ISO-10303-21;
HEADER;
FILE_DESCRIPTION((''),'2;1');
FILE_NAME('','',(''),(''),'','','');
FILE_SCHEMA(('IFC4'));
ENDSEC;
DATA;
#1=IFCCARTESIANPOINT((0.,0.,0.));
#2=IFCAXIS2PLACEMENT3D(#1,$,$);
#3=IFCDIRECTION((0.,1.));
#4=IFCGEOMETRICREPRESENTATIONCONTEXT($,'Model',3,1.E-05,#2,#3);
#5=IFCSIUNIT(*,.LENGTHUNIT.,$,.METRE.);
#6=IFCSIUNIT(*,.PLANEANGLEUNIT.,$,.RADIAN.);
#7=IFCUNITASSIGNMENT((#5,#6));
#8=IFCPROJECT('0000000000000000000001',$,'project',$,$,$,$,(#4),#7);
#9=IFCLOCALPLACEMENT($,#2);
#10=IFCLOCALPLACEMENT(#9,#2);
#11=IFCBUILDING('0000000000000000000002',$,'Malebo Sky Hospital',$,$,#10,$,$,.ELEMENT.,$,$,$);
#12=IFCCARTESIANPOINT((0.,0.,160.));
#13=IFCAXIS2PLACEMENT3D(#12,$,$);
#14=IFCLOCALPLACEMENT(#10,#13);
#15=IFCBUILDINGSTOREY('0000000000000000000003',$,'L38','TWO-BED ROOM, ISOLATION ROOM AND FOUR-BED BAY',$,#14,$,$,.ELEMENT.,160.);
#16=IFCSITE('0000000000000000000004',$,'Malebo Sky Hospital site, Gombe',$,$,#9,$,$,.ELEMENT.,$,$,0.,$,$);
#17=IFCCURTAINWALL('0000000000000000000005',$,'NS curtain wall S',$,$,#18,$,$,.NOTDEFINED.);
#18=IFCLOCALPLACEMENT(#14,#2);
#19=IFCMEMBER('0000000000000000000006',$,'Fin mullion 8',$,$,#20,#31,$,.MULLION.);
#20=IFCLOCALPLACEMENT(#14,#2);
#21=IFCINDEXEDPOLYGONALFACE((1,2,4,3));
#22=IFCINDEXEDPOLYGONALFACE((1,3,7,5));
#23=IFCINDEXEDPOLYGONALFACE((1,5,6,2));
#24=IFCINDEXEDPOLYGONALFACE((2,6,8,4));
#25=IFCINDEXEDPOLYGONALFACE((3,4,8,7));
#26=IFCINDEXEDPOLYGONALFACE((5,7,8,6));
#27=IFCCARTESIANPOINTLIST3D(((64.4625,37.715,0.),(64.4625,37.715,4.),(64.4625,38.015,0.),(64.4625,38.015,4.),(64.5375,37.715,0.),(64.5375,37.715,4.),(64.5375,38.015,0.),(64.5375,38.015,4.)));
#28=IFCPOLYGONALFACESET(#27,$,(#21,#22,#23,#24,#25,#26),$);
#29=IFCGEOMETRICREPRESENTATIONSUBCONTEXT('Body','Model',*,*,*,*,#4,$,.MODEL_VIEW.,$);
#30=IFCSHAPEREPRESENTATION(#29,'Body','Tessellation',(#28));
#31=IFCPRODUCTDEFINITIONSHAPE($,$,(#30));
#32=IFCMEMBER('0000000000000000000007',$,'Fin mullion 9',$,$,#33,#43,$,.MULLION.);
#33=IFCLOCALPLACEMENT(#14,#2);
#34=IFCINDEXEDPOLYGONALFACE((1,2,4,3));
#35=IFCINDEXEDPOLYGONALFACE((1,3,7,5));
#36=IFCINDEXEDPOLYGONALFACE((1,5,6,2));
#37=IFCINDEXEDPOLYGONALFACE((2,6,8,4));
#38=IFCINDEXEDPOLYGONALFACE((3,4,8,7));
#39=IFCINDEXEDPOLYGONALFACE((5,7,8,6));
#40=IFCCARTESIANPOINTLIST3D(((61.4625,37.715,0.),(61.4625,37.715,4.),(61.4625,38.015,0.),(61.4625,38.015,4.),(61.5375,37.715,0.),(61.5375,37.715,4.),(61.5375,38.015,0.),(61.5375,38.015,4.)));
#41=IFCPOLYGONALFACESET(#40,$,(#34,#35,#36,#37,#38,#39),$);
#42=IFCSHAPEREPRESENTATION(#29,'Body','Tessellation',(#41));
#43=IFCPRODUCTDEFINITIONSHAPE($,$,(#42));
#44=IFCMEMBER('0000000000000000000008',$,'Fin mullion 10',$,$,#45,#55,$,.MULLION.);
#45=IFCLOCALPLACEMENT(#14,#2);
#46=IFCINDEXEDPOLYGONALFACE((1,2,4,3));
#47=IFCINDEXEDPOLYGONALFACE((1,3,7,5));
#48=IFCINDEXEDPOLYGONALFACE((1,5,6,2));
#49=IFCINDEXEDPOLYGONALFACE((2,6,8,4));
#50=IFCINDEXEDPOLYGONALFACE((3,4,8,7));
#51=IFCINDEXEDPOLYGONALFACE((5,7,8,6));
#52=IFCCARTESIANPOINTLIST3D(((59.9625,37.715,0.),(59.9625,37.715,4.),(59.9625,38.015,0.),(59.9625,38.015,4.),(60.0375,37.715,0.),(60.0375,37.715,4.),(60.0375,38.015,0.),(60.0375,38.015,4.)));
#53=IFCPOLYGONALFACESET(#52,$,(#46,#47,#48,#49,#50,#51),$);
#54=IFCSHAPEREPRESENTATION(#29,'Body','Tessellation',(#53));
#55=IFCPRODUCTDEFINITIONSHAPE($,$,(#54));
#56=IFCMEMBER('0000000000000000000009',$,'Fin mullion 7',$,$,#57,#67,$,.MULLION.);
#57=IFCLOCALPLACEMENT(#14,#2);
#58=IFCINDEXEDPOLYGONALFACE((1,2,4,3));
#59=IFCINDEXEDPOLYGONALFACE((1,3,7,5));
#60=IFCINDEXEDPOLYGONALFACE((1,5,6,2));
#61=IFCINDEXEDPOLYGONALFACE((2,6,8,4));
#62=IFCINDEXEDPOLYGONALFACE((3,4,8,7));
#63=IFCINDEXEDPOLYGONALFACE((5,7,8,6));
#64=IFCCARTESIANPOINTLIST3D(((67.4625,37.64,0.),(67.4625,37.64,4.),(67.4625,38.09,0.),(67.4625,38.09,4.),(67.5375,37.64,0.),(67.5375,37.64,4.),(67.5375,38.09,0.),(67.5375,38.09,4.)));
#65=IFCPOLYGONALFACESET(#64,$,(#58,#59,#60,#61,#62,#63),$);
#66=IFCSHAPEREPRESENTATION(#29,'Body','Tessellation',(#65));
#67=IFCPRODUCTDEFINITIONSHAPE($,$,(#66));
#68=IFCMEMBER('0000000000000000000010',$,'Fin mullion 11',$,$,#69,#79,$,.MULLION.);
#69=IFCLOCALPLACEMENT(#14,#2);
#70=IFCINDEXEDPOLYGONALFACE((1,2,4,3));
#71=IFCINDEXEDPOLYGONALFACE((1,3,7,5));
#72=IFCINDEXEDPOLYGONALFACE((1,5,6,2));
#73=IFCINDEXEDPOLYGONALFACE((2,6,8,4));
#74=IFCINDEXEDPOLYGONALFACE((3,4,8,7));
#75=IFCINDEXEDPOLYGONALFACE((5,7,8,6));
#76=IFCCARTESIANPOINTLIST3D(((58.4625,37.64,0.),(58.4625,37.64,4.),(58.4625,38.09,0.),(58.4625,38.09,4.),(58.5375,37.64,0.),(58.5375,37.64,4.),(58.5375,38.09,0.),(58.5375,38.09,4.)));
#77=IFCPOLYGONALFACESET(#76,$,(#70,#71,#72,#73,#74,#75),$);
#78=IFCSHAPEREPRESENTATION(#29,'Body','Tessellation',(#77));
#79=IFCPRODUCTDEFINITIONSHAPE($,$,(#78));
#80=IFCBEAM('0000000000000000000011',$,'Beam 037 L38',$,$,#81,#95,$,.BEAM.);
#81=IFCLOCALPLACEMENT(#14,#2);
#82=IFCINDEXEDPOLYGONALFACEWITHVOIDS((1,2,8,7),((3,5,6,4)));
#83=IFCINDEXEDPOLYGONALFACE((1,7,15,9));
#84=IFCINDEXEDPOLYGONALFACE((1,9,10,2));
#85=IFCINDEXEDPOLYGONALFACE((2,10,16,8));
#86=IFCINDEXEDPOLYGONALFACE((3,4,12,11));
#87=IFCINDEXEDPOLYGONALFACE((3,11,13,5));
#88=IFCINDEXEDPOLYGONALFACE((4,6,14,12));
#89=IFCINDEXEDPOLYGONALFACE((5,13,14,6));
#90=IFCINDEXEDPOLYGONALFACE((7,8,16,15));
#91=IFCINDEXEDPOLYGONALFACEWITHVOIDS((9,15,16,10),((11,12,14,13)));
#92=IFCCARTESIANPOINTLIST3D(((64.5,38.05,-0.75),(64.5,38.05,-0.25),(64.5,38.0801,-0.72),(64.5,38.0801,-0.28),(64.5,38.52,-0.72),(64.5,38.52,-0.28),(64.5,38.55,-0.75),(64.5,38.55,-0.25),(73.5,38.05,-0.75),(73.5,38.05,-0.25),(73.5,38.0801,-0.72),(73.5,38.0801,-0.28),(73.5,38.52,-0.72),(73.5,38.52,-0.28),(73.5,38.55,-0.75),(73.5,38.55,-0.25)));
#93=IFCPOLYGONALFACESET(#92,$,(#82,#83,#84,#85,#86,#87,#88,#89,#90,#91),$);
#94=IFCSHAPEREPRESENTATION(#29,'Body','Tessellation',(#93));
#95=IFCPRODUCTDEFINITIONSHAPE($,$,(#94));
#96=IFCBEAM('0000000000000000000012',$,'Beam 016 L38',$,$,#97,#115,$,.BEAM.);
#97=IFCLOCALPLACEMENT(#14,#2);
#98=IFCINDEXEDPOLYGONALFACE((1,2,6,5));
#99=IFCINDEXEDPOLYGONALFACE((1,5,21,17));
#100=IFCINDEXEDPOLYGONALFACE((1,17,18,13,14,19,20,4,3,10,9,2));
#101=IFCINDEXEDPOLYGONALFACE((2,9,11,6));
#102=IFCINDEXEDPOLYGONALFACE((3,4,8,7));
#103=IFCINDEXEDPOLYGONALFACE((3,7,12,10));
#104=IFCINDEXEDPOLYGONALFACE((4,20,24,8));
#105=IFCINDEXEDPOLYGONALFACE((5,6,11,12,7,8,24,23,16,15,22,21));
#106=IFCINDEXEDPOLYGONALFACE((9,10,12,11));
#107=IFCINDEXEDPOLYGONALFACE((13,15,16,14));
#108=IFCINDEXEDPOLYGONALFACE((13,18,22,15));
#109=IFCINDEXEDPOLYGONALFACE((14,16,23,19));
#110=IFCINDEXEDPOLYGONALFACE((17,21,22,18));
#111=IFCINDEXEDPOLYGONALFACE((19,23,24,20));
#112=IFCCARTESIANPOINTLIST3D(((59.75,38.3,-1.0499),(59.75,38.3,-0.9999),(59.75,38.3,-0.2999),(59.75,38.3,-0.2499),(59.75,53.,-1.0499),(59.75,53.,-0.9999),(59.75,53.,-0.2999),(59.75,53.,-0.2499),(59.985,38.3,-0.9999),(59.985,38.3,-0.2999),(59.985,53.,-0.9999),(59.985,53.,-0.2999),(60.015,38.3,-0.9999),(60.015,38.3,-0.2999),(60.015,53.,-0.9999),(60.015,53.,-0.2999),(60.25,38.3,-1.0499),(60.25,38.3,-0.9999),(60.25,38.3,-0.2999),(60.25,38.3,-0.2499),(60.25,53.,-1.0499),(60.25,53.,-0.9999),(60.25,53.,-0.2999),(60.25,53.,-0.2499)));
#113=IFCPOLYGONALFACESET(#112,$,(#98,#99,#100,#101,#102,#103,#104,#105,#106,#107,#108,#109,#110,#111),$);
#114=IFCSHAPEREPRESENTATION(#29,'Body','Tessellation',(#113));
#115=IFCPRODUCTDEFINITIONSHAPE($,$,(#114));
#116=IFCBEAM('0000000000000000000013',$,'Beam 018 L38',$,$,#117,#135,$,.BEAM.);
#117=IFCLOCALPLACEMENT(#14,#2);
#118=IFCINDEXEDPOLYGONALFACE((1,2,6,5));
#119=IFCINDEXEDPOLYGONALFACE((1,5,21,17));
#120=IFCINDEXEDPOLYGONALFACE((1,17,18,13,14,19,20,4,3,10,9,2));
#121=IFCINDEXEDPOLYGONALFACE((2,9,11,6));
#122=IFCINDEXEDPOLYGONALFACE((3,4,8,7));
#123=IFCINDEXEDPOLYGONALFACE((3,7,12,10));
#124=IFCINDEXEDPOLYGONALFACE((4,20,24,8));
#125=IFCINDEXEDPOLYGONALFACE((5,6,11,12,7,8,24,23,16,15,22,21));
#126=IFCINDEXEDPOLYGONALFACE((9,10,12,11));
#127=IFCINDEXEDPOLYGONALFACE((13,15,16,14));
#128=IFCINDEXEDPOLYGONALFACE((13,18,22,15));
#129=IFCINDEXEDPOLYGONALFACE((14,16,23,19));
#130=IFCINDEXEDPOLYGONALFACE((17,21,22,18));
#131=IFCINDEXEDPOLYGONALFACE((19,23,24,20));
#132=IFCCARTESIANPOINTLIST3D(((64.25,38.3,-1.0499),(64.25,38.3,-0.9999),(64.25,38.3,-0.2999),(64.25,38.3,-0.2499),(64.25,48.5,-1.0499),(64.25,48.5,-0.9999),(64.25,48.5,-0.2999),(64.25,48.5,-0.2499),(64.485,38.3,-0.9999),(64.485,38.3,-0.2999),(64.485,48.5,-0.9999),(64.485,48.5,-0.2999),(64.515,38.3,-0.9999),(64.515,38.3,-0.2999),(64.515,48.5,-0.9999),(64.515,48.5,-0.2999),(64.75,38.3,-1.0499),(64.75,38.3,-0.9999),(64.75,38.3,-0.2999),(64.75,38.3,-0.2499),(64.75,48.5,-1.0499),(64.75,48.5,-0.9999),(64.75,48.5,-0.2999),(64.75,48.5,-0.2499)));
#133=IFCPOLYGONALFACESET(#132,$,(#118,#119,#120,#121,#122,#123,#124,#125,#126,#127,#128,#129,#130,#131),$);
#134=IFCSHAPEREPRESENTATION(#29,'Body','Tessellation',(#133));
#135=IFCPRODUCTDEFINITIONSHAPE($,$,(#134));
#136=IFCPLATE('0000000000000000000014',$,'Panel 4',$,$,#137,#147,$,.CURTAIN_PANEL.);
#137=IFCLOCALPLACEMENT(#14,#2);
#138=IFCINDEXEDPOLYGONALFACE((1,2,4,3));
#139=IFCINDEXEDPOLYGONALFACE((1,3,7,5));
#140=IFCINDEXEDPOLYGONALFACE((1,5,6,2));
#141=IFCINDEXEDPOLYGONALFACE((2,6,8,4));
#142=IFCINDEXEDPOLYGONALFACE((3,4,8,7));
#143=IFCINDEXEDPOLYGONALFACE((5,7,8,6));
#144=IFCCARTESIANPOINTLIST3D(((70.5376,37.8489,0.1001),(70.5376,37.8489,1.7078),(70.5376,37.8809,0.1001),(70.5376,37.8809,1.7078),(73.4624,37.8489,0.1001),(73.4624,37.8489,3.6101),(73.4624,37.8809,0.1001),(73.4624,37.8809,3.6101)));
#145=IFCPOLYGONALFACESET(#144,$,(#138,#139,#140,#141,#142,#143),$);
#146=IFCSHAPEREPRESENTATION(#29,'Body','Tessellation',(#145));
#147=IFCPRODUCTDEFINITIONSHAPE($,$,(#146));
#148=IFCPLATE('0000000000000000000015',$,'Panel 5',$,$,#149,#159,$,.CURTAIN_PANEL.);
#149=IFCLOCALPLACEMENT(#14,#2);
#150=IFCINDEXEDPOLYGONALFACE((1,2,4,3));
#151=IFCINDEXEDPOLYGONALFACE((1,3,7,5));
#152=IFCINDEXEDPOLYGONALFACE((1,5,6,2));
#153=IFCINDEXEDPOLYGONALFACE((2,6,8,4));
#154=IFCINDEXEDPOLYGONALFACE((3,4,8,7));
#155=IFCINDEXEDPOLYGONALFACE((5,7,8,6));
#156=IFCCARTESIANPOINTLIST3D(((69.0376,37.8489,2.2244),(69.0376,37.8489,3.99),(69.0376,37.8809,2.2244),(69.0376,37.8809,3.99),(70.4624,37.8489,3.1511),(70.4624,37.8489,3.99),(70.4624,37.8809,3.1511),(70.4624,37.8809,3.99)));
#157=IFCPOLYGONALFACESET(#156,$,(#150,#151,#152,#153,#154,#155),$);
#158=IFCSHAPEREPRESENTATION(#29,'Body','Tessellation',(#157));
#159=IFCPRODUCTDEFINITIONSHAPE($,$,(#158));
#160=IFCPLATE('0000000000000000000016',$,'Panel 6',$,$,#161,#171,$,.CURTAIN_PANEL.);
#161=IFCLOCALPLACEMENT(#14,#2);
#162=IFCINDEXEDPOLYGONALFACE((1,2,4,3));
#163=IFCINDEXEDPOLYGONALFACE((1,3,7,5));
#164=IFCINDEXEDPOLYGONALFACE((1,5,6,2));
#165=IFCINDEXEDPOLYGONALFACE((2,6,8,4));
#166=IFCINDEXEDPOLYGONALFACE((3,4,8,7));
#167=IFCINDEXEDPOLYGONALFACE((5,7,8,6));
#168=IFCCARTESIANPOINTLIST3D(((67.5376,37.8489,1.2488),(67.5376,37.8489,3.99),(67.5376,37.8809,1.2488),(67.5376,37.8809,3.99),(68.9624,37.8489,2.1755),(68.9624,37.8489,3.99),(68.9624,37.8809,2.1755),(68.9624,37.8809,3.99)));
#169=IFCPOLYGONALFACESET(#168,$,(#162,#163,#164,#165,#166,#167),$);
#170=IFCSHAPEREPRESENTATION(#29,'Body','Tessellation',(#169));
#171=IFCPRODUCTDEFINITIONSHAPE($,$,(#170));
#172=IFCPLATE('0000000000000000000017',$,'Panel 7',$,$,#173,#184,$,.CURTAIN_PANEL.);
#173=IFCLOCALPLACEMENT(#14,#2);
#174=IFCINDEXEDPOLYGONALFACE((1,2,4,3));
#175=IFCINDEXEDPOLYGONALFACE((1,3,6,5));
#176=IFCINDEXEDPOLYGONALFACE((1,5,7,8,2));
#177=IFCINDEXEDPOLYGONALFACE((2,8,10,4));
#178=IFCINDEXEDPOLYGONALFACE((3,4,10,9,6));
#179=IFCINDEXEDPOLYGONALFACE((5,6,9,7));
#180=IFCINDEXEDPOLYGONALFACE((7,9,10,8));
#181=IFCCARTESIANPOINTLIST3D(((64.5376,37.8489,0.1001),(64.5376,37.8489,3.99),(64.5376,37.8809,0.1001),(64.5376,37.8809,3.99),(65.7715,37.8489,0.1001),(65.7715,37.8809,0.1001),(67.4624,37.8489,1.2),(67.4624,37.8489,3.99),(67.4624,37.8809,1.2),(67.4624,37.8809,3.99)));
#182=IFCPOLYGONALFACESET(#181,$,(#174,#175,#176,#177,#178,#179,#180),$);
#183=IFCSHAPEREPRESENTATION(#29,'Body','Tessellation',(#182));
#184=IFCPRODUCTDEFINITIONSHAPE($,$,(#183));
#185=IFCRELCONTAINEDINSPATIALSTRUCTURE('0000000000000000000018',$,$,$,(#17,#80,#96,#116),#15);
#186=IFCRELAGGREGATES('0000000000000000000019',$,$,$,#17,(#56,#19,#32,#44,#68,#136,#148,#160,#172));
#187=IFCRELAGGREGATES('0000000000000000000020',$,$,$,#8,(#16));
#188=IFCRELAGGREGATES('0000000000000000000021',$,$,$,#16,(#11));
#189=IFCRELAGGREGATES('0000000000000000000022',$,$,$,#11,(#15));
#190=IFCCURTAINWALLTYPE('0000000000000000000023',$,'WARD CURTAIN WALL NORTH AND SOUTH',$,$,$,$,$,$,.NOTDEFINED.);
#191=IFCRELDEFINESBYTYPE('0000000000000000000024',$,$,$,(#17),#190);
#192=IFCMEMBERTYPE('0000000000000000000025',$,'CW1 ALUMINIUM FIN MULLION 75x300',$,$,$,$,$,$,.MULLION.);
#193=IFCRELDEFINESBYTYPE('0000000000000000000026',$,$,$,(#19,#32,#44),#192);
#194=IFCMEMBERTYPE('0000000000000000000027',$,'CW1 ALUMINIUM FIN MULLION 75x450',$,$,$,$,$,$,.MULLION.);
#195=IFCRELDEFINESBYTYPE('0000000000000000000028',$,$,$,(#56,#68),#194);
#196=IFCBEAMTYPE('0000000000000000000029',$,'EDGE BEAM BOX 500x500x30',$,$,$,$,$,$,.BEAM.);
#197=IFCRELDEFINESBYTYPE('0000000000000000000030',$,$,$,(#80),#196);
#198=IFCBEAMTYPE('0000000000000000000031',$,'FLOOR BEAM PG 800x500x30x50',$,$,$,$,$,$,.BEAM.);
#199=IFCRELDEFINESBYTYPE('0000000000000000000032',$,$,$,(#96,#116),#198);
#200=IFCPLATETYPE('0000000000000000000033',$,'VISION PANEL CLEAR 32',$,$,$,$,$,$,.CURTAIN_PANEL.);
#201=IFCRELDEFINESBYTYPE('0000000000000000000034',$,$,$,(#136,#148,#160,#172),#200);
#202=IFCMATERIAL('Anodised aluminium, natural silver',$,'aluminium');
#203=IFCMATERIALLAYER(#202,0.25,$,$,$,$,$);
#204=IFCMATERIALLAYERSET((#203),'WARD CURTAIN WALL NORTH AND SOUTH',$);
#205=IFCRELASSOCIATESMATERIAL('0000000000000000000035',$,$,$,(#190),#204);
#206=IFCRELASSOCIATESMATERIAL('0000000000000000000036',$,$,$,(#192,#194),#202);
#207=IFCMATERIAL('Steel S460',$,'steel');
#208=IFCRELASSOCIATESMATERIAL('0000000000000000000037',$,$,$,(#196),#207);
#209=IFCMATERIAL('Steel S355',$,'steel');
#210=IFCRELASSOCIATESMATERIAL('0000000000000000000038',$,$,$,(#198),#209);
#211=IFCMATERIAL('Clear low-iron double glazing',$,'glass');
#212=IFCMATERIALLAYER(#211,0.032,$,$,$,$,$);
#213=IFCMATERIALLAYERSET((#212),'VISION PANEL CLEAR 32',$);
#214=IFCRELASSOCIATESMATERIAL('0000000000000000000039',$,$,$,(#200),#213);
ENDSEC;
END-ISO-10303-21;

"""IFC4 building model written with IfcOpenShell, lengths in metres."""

from ifc_helpers import new_model, si_unit, direction, frame, origin, origin_2d, place, context, subcontext, project, spatial, polyline, rectangle, hollow_rectangle, i_section, outline, extrude, material, layer, layer_set, material_profile, profile_set, type_object, element, aggregate, save


model = new_model("IFC4")

# Units and contexts
model_context = context("Model", 3, precision=1e-05, world=origin(), true_north=direction((0.0, 1.0)))
body_context = subcontext(model_context, "Body", "Model", "MODEL_VIEW")
ifc_project = project(units=[si_unit("LENGTHUNIT", "METRE"), si_unit("PLANEANGLEUNIT", "RADIAN")], contexts=[model_context])

# Site, building, storey
site_placement = place(None, origin())
site = spatial("IfcSite", under=ifc_project, at=site_placement, Name="Malebo Sky Hospital site, Gombe", CompositionType="ELEMENT", RefElevation=0.0)
building_placement = place(site_placement, origin())
building = spatial("IfcBuilding", under=site, at=building_placement, Name="Malebo Sky Hospital", CompositionType="ELEMENT")
storey_placement = place(building_placement, frame((0.0, 0.0, 160.0)))
storey = spatial("IfcBuildingStorey", under=building, at=storey_placement, Name="L38", Description="TWO-BED ROOM, ISOLATION ROOM AND FOUR-BED BAY", CompositionType="ELEMENT", Elevation=160.0)

# Shared definitions
ifc_material_1 = material(Name="Steel S460", Category="steel")

# Curtain wall
ifc_material_2 = material(Name="Anodised aluminium, natural silver", Category="aluminium")
ifc_layer_1 = layer(ifc_material_2, 0.25)
ifc_layer_set_1 = layer_set([ifc_layer_1], Name="WARD CURTAIN WALL NORTH AND SOUTH")
curtain_wall_type = type_object("IfcCurtainWallType", Name="WARD CURTAIN WALL NORTH AND SOUTH", PredefinedType="NOTDEFINED", material=ifc_layer_set_1)
curtain_wall_placement = place(storey_placement, origin())
curtain_wall = element("IfcCurtainWall", 1, at=curtain_wall_placement, inside=storey, type_object=curtain_wall_type, Name="NS curtain wall S", PredefinedType="NOTDEFINED")

# Members
ifc_material_3 = material(Name="Steel S355", Category="steel")
ifc_material_profile_1 = material_profile(ifc_material_2, rectangle(XDim=0.075, YDim=0.3, at=origin_2d()), Name="CW1 ALUMINIUM FIN MULLION 75x300")
ifc_profile_set_1 = profile_set([ifc_material_profile_1], Name="Anodised aluminium, natural silver")
member_type_1 = type_object("IfcMemberType", Name="CW1 ALUMINIUM FIN MULLION 75x300", PredefinedType="MULLION", material=ifc_profile_set_1)
member_1_placement = place(storey_placement, frame((64.5, 37.865, 0.0), z_axis=(0.0, 0.0, 1.0), x_axis=(-1.0, 0.0, 0.0)))
member_1 = element("IfcMember", 2, at=member_1_placement, type_object=member_type_1, Name="Fin mullion 8", PredefinedType="MULLION", context=body_context, shape_type="SweptSolid", body=[
    extrude(rectangle(XDim=0.075, YDim=0.3, at=origin_2d()), origin(), (0.0, 0.0, 1.0), 4.0),
])
member_2_placement = place(storey_placement, frame((61.5, 37.865, 0.0), z_axis=(0.0, 0.0, 1.0), x_axis=(-1.0, 0.0, 0.0)))
member_2 = element("IfcMember", 3, at=member_2_placement, type_object=member_type_1, Name="Fin mullion 9", PredefinedType="MULLION", context=body_context, shape_type="SweptSolid", body=[
    extrude(rectangle(XDim=0.075, YDim=0.3, at=origin_2d()), origin(), (0.0, 0.0, 1.0), 4.0),
])
member_3_placement = place(storey_placement, frame((60.0, 37.865, 0.0), z_axis=(0.0, 0.0, 1.0), x_axis=(-1.0, 0.0, 0.0)))
member_3 = element("IfcMember", 4, at=member_3_placement, type_object=member_type_1, Name="Fin mullion 10", PredefinedType="MULLION", context=body_context, shape_type="SweptSolid", body=[
    extrude(rectangle(XDim=0.075, YDim=0.3, at=origin_2d()), origin(), (0.0, 0.0, 1.0), 4.0),
])
ifc_material_profile_2 = material_profile(ifc_material_2, rectangle(XDim=0.075, YDim=0.45, at=origin_2d()), Name="CW1 ALUMINIUM FIN MULLION 75x450")
ifc_profile_set_2 = profile_set([ifc_material_profile_2], Name="Anodised aluminium, natural silver")
member_type_2 = type_object("IfcMemberType", Name="CW1 ALUMINIUM FIN MULLION 75x450", PredefinedType="MULLION", material=ifc_profile_set_2)
member_4_placement = place(storey_placement, frame((67.5, 37.865, 0.0), z_axis=(0.0, 0.0, 1.0), x_axis=(-1.0, 0.0, 0.0)))
member_4 = element("IfcMember", 5, at=member_4_placement, type_object=member_type_2, Name="Fin mullion 7", PredefinedType="MULLION", context=body_context, shape_type="SweptSolid", body=[
    extrude(rectangle(XDim=0.075, YDim=0.45, at=origin_2d()), origin(), (0.0, 0.0, 1.0), 4.0),
])
member_5_placement = place(storey_placement, frame((58.5, 37.865, 0.0), z_axis=(0.0, 0.0, 1.0), x_axis=(-1.0, 0.0, 0.0)))
member_5 = element("IfcMember", 6, at=member_5_placement, type_object=member_type_2, Name="Fin mullion 11", PredefinedType="MULLION", context=body_context, shape_type="SweptSolid", body=[
    extrude(rectangle(XDim=0.075, YDim=0.45, at=origin_2d()), origin(), (0.0, 0.0, 1.0), 4.0),
])

# Beams
ifc_material_profile_3 = material_profile(ifc_material_1, hollow_rectangle(XDim=0.5, YDim=0.5, WallThickness=0.03, at=origin_2d()), Name="BOX 500x500x30")
ifc_profile_set_3 = profile_set([ifc_material_profile_3], Name="Steel S460")
beam_type_1 = type_object("IfcBeamType", Name="EDGE BEAM BOX 500x500x30", PredefinedType="BEAM", material=ifc_profile_set_3)
beam_1_placement = place(storey_placement, frame((64.5, 38.3, -0.5), z_axis=(1.0, 0.0, 0.0), x_axis=(0.0, 1.0, 0.0)))
element("IfcBeam", 7, at=beam_1_placement, inside=storey, type_object=beam_type_1, Name="Beam 037 L38", PredefinedType="BEAM", context=body_context, shape_type="SweptSolid", body=[
    extrude(hollow_rectangle(XDim=0.5, YDim=0.5, WallThickness=0.03, at=origin_2d()), origin(), (0.0, 0.0, 1.0), 9.0),
])
ifc_material_profile_4 = material_profile(ifc_material_3, i_section(OverallWidth=0.5, OverallDepth=0.8, WebThickness=0.03, FlangeThickness=0.05, at=origin_2d()), Name="PG 800x500x30x50")
ifc_profile_set_4 = profile_set([ifc_material_profile_4], Name="Steel S355")
beam_type_2 = type_object("IfcBeamType", Name="FLOOR BEAM PG 800x500x30x50", PredefinedType="BEAM", material=ifc_profile_set_4)
beam_2_placement = place(storey_placement, frame((60.0, 38.3, -0.6499), z_axis=(0.0, 1.0, 0.0), x_axis=(-1.0, 0.0, 0.0)))
element("IfcBeam", 8, at=beam_2_placement, inside=storey, type_object=beam_type_2, Name="Beam 016 L38", PredefinedType="BEAM", context=body_context, shape_type="SweptSolid", body=[
    extrude(i_section(OverallWidth=0.5, OverallDepth=0.8, WebThickness=0.03, FlangeThickness=0.05, at=origin_2d()), origin(), (0.0, 0.0, 1.0), 14.7),
])
beam_3_placement = place(storey_placement, frame((64.5, 38.3, -0.6499), z_axis=(0.0, 1.0, 0.0), x_axis=(-1.0, 0.0, 0.0)))
element("IfcBeam", 9, at=beam_3_placement, inside=storey, type_object=beam_type_2, Name="Beam 018 L38", PredefinedType="BEAM", context=body_context, shape_type="SweptSolid", body=[
    extrude(i_section(OverallWidth=0.5, OverallDepth=0.8, WebThickness=0.03, FlangeThickness=0.05, at=origin_2d()), origin(), (0.0, 0.0, 1.0), 10.2),
])

# Plates
ifc_material_4 = material(Name="Clear low-iron double glazing", Category="glass")
ifc_layer_2 = layer(ifc_material_4, 0.032)
ifc_layer_set_2 = layer_set([ifc_layer_2], Name="VISION PANEL CLEAR 32")
plate_type = type_object("IfcPlateType", Name="VISION PANEL CLEAR 32", PredefinedType="CURTAIN_PANEL", material=ifc_layer_set_2)
plate_1_placement = place(storey_placement, frame((72.0, 37.865, 0.1001), z_axis=(0.0, 0.0, 1.0), x_axis=(-1.0, 0.0, 0.0)))
plate_1 = element("IfcPlate", 10, at=plate_1_placement, type_object=plate_type, Name="Panel 4", PredefinedType="CURTAIN_PANEL", context=body_context, shape_type="SweptSolid", body=[
    extrude(outline(polyline([(-1.4624, 0.0), (1.4624, 0.0), (1.4624, 1.6077), (-1.4624, 3.51), (-1.4624, 0.0)])), frame((0.0, 0.0161, 0.0), z_axis=(0.0, -1.0, 0.0), x_axis=(1.0, 0.0, 0.0)), (0.0, 0.0, 1.0), 0.032),
])
plate_2_placement = place(storey_placement, frame((69.75, 37.865, 2.2244), z_axis=(0.0, 0.0, 1.0), x_axis=(-1.0, 0.0, 0.0)))
plate_2 = element("IfcPlate", 11, at=plate_2_placement, type_object=plate_type, Name="Panel 5", PredefinedType="CURTAIN_PANEL", context=body_context, shape_type="SweptSolid", body=[
    extrude(outline(polyline([(0.7124, 0.0), (0.7124, 1.7656), (-0.7124, 1.7656), (-0.7124, 0.9268), (0.7124, 0.0)])), frame((0.0, 0.0161, 0.0), z_axis=(0.0, -1.0, 0.0), x_axis=(1.0, 0.0, 0.0)), (0.0, 0.0, 1.0), 0.032),
])
plate_3_placement = place(storey_placement, frame((68.25, 37.865, 1.2488), z_axis=(0.0, 0.0, 1.0), x_axis=(-1.0, 0.0, 0.0)))
plate_3 = element("IfcPlate", 12, at=plate_3_placement, type_object=plate_type, Name="Panel 6", PredefinedType="CURTAIN_PANEL", context=body_context, shape_type="SweptSolid", body=[
    extrude(outline(polyline([(0.7124, 0.0), (0.7124, 2.7412), (-0.7124, 2.7412), (-0.7124, 0.9268), (0.7124, 0.0)])), frame((0.0, 0.0161, 0.0), z_axis=(0.0, -1.0, 0.0), x_axis=(1.0, 0.0, 0.0)), (0.0, 0.0, 1.0), 0.032),
])
plate_4_placement = place(storey_placement, frame((66.0, 37.865, 0.1001), z_axis=(0.0, 0.0, 1.0), x_axis=(-1.0, 0.0, 0.0)))
plate_4 = element("IfcPlate", 13, at=plate_4_placement, type_object=plate_type, Name="Panel 7", PredefinedType="CURTAIN_PANEL", context=body_context, shape_type="SweptSolid", body=[
    extrude(outline(polyline([(0.2285, 0.0), (1.4624, 0.0), (1.4624, 3.8899), (-1.4624, 3.8899), (-1.4624, 1.0999), (0.2285, 0.0)])), frame((0.0, 0.0161, 0.0), z_axis=(0.0, -1.0, 0.0), x_axis=(1.0, 0.0, 0.0)), (0.0, 0.0, 1.0), 0.032),
])
aggregate(curtain_wall, [member_4, member_1, member_2, member_3, member_5, plate_1, plate_2, plate_3, plate_4])

save(model, "model.ifc")
